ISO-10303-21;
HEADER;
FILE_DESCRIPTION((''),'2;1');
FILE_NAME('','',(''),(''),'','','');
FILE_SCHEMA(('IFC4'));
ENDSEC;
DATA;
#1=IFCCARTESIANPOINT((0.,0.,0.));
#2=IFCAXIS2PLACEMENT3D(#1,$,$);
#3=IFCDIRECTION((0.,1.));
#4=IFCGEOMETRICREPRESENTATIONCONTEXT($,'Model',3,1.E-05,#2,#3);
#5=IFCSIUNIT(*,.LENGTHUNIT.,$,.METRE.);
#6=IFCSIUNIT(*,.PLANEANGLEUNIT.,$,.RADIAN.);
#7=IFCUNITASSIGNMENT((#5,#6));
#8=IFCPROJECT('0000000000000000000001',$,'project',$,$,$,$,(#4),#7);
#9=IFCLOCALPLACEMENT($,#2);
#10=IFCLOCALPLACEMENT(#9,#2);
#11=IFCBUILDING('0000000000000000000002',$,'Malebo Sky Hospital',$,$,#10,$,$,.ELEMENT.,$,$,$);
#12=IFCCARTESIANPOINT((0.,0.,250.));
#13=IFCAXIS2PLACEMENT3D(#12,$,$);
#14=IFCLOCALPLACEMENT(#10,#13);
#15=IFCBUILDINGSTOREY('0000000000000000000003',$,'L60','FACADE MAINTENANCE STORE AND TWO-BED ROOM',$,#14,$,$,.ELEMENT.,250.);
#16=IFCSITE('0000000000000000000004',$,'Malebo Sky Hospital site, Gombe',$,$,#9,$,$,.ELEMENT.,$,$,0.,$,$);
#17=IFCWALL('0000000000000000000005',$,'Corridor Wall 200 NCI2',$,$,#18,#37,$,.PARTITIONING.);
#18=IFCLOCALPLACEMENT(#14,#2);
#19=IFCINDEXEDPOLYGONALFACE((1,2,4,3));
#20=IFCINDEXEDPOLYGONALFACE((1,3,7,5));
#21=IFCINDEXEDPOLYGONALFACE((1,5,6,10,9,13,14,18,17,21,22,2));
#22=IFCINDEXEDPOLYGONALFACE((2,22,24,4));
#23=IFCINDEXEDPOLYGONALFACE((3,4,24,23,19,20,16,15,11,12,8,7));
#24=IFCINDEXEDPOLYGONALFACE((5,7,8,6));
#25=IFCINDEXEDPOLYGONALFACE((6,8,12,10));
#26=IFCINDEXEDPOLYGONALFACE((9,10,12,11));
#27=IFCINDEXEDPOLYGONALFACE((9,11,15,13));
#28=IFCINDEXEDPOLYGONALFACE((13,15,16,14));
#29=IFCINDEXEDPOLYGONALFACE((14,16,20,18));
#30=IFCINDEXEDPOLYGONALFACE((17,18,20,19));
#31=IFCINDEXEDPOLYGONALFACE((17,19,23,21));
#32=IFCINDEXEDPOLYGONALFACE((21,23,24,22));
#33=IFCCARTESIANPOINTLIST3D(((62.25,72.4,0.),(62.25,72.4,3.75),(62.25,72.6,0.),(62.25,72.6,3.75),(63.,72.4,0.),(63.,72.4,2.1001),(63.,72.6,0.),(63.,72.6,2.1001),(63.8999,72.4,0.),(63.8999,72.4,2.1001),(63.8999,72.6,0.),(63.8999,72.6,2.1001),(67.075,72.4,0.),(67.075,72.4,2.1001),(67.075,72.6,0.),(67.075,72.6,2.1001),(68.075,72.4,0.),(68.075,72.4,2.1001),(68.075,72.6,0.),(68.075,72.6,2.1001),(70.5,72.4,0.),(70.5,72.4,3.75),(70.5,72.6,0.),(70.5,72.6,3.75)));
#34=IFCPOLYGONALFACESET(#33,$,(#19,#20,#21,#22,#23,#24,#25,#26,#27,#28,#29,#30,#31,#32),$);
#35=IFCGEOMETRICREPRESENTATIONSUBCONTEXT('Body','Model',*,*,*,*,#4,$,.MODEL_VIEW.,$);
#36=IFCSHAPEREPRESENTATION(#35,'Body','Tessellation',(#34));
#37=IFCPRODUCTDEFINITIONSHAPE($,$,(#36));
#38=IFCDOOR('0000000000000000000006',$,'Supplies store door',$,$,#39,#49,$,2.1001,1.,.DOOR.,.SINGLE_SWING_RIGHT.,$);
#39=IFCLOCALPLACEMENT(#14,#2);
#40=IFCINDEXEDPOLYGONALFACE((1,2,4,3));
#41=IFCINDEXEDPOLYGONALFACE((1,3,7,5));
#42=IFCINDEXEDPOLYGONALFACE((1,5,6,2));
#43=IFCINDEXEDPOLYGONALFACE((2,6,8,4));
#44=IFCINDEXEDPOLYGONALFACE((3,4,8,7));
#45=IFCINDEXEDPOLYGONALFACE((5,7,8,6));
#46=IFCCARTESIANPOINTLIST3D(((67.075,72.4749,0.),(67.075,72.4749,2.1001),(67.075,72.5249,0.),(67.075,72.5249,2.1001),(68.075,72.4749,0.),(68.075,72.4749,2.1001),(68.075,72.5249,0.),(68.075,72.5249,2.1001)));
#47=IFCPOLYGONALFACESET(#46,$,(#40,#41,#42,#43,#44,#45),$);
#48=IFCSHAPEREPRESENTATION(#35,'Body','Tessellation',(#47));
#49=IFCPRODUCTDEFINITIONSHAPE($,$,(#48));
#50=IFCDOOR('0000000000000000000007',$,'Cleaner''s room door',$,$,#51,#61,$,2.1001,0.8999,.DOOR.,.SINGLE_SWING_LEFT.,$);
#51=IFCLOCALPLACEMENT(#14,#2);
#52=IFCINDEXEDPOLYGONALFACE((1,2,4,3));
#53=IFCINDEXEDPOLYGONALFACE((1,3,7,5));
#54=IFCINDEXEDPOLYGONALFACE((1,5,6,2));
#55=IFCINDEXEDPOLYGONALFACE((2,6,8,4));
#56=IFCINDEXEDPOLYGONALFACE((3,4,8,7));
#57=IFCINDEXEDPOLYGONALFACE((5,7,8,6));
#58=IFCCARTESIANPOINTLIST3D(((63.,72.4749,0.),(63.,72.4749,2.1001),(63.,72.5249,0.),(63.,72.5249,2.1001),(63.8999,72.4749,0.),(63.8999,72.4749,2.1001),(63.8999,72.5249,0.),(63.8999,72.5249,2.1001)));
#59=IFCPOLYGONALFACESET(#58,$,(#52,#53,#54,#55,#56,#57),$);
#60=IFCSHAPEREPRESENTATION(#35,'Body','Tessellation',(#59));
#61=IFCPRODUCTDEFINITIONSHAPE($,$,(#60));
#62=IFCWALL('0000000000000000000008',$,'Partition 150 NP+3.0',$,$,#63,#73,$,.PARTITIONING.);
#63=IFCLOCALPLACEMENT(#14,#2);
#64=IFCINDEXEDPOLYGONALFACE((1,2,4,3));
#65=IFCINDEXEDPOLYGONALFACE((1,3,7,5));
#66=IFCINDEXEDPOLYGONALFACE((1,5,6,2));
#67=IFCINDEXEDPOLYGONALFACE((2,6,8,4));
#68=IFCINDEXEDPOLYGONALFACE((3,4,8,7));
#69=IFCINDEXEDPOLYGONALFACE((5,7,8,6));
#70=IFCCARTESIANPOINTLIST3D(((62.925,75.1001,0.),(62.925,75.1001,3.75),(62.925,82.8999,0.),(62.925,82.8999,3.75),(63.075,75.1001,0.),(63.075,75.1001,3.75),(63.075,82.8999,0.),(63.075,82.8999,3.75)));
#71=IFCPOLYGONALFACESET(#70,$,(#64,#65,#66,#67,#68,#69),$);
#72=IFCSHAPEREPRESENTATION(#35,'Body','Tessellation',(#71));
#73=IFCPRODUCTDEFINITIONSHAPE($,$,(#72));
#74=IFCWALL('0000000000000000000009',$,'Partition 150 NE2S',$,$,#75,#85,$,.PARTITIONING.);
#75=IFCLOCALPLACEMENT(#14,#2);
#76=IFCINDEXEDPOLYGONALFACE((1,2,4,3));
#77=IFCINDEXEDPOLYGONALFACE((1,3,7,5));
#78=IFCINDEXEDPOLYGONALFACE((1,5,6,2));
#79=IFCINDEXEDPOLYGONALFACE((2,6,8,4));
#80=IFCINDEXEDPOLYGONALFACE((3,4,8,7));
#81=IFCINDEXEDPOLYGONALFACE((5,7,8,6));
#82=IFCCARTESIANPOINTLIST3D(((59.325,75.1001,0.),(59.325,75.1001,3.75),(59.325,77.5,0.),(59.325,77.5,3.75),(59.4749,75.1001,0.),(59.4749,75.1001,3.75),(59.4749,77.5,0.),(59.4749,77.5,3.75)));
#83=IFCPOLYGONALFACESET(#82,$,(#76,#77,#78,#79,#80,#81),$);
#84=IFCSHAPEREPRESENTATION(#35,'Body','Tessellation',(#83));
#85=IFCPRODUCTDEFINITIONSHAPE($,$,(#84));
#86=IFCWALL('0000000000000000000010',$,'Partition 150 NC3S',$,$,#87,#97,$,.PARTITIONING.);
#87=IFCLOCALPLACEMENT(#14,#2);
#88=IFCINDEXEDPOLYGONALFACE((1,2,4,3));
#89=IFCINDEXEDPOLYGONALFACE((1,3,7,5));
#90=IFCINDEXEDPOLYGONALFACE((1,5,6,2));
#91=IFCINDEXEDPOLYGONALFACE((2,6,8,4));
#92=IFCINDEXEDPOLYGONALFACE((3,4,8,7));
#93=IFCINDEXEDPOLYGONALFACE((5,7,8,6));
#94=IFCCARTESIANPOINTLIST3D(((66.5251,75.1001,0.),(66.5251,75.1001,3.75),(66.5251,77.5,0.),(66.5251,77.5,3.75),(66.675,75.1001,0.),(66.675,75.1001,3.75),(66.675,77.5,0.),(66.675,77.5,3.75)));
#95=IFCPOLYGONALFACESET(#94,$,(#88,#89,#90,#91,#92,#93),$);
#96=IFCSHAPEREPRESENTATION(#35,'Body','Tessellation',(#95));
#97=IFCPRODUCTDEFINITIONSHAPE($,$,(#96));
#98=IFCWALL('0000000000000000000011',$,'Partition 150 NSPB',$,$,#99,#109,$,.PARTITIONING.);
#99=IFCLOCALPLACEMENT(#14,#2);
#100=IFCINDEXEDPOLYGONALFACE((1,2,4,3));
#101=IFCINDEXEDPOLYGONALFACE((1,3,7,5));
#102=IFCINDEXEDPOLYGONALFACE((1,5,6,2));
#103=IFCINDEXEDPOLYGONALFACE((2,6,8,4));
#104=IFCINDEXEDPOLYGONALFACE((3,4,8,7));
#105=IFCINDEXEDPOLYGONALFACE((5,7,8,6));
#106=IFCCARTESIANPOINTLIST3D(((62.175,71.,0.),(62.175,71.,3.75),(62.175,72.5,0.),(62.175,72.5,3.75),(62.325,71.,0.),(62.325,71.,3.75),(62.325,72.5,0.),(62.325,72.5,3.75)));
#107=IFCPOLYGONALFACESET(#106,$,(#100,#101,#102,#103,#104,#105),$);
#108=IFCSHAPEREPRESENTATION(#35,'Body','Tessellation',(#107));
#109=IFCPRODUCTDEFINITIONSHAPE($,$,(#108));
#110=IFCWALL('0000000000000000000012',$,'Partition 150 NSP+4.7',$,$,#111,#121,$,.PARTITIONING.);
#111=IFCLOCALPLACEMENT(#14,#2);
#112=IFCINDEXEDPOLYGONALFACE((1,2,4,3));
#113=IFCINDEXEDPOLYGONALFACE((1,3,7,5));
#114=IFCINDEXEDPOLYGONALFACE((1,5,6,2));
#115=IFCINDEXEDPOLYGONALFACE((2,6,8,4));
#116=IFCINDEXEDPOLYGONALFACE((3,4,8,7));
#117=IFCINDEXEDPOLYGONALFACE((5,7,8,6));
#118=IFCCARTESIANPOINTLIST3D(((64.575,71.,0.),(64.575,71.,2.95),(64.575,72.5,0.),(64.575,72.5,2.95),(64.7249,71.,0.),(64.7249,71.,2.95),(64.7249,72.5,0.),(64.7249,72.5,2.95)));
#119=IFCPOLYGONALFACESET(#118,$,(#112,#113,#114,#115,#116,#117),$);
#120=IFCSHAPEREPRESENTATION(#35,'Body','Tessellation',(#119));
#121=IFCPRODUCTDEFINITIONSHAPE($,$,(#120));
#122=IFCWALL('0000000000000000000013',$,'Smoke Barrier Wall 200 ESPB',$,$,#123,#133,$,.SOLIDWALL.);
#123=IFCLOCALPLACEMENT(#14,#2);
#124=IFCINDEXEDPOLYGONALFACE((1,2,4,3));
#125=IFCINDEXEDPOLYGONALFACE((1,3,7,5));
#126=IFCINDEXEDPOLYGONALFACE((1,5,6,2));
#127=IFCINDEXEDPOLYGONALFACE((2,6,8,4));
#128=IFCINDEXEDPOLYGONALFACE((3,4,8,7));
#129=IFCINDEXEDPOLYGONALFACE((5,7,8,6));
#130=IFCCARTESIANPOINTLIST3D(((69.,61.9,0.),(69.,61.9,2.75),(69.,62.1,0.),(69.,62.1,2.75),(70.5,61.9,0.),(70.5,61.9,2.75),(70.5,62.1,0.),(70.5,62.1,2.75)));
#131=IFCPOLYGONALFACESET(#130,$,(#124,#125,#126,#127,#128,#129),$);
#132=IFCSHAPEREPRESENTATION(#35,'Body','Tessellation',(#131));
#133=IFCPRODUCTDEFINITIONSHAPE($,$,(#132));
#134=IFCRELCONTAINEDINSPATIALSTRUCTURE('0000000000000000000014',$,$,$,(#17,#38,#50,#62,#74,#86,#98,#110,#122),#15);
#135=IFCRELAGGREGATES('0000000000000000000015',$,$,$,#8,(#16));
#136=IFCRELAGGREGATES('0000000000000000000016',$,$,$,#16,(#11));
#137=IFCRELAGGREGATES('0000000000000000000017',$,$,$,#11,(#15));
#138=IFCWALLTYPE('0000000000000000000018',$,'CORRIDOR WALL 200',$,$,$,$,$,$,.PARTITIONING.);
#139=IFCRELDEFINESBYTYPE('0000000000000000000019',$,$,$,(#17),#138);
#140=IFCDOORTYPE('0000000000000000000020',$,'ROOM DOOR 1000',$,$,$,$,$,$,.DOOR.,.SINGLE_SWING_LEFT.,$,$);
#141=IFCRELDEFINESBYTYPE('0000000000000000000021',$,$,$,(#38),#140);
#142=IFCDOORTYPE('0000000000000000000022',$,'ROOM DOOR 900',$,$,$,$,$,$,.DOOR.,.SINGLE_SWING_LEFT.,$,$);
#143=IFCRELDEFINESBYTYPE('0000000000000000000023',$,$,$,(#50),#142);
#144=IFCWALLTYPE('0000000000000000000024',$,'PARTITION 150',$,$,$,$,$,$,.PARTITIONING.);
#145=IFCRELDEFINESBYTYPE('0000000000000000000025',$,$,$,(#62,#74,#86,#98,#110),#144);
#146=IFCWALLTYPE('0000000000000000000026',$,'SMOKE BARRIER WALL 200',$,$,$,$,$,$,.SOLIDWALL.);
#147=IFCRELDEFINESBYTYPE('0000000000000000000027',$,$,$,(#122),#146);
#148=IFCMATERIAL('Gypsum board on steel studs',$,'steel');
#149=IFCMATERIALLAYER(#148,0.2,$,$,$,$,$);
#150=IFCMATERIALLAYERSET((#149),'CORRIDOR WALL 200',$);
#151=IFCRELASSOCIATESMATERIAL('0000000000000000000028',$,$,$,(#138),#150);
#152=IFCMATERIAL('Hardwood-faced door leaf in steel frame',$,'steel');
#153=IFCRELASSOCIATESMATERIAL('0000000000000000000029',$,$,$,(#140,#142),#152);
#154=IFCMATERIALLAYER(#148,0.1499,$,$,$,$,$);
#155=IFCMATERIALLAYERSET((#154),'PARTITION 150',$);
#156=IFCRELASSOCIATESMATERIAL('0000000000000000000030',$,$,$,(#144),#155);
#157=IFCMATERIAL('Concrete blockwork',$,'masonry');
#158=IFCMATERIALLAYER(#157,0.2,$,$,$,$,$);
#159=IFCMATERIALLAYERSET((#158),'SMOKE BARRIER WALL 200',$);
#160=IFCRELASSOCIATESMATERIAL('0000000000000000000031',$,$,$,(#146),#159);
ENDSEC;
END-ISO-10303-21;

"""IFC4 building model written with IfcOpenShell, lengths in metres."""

from ifc_helpers import new_model, si_unit, direction, frame, frame_2d, origin, place, context, subcontext, project, spatial, rectangle, extrude, material, layer, layer_set, type_object, element, fill, save


model = new_model("IFC4")

# Units and contexts
model_context = context("Model", 3, precision=1e-05, world=origin(), true_north=direction((0.0, 1.0)))
body_context = subcontext(model_context, "Body", "Model", "MODEL_VIEW")
ifc_project = project(units=[si_unit("LENGTHUNIT", "METRE"), si_unit("PLANEANGLEUNIT", "RADIAN")], contexts=[model_context])

# Site, building, storey
site_placement = place(None, origin())
site = spatial("IfcSite", under=ifc_project, at=site_placement, Name="Malebo Sky Hospital site, Gombe", CompositionType="ELEMENT", RefElevation=0.0)
building_placement = place(site_placement, origin())
building = spatial("IfcBuilding", under=site, at=building_placement, Name="Malebo Sky Hospital", CompositionType="ELEMENT")
storey_placement = place(building_placement, frame((0.0, 0.0, 250.0)))
storey = spatial("IfcBuildingStorey", under=building, at=storey_placement, Name="L60", Description="FACADE MAINTENANCE STORE AND TWO-BED ROOM", CompositionType="ELEMENT", Elevation=250.0)

# Shared definitions
ifc_material_1 = material(Name="Hardwood-faced door leaf in steel frame", Category="steel")

# Wall, openings, doors
ifc_material_2 = material(Name="Gypsum board on steel studs", Category="steel")
ifc_layer_1 = layer(ifc_material_2, 0.2)
ifc_layer_set_1 = layer_set([ifc_layer_1], Name="CORRIDOR WALL 200")
wall_type_1 = type_object("IfcWallType", Name="CORRIDOR WALL 200", PredefinedType="PARTITIONING", material=ifc_layer_set_1)
wall_1_placement = place(storey_placement, frame((62.25, 72.5, 0.0), z_axis=(0.0, 0.0, 1.0), x_axis=(1.0, 0.0, 0.0)))
wall_1 = element("IfcWall", 1, at=wall_1_placement, inside=storey, type_object=wall_type_1, Name="Corridor Wall 200 NCI2", PredefinedType="PARTITIONING", context=body_context, shape_type="SweptSolid", body=[
    extrude(rectangle(XDim=8.25, YDim=0.2, at=frame_2d((4.125, 0.0))), origin(), (0.0, 0.0, 1.0), 3.75),
])
opening_1_placement = place(wall_1_placement, frame((0.75, 0.0, 0.0)))
opening_1 = element("IfcOpeningElement", 2, at=opening_1_placement, cuts=wall_1, PredefinedType="OPENING", context=body_context, shape_type="SweptSolid", body=[
    extrude(rectangle(XDim=0.8999, YDim=2.1001, at=frame_2d((0.45, 1.05))), frame((0.0, 0.1099, 0.0), z_axis=(0.0, -1.0, 0.0), x_axis=(1.0, 0.0, 0.0)), (0.0, 0.0, 1.0), 0.22),
])
opening_2_placement = place(wall_1_placement, frame((4.825, 0.0, 0.0)))
opening_2 = element("IfcOpeningElement", 3, at=opening_2_placement, cuts=wall_1, PredefinedType="OPENING", context=body_context, shape_type="SweptSolid", body=[
    extrude(rectangle(XDim=1.0, YDim=2.1001, at=frame_2d((0.5, 1.05))), frame((0.0, 0.1099, 0.0), z_axis=(0.0, -1.0, 0.0), x_axis=(1.0, 0.0, 0.0)), (0.0, 0.0, 1.0), 0.22),
])
door_type_1 = type_object("IfcDoorType", Name="ROOM DOOR 1000", OperationType="SINGLE_SWING_LEFT", PredefinedType="DOOR", material=ifc_material_1)
door_1_placement = place(opening_2_placement, origin())
door_1 = element("IfcDoor", 4, at=door_1_placement, inside=storey, type_object=door_type_1, Name="Supplies store door", OperationType="SINGLE_SWING_RIGHT", OverallHeight=2.1001, OverallWidth=1.0, PredefinedType="DOOR", context=body_context, shape_type="SweptSolid", body=[
    extrude(rectangle(XDim=1.0, YDim=2.1001, at=frame_2d((0.5, 1.05))), frame((0.0, 0.0249, 0.0), z_axis=(0.0, -1.0, 0.0), x_axis=(1.0, 0.0, 0.0)), (0.0, 0.0, 1.0), 0.05),
])
fill(opening_2, door_1)
door_type_2 = type_object("IfcDoorType", Name="ROOM DOOR 900", OperationType="SINGLE_SWING_LEFT", PredefinedType="DOOR", material=ifc_material_1)
door_2_placement = place(opening_1_placement, origin())
door_2 = element("IfcDoor", 5, at=door_2_placement, inside=storey, type_object=door_type_2, Name="Cleaner's room door", OperationType="SINGLE_SWING_LEFT", OverallHeight=2.1001, OverallWidth=0.8999, PredefinedType="DOOR", context=body_context, shape_type="SweptSolid", body=[
    extrude(rectangle(XDim=0.8999, YDim=2.1001, at=frame_2d((0.45, 1.05))), frame((0.0, 0.0249, 0.0), z_axis=(0.0, -1.0, 0.0), x_axis=(1.0, 0.0, 0.0)), (0.0, 0.0, 1.0), 0.05),
])
fill(opening_1, door_2)

# Walls
ifc_layer_2 = layer(ifc_material_2, 0.1499)
ifc_layer_set_2 = layer_set([ifc_layer_2], Name="PARTITION 150")
wall_type_2 = type_object("IfcWallType", Name="PARTITION 150", PredefinedType="PARTITIONING", material=ifc_layer_set_2)
wall_2_placement = place(storey_placement, frame((63.0, 75.1001, 0.0), z_axis=(0.0, 0.0, 1.0), x_axis=(0.0, 1.0, 0.0)))
element("IfcWall", 6, at=wall_2_placement, inside=storey, type_object=wall_type_2, Name="Partition 150 NP+3.0", PredefinedType="PARTITIONING", context=body_context, shape_type="SweptSolid", body=[
    extrude(rectangle(XDim=7.7998, YDim=0.1499, at=frame_2d((3.8999, 0.0))), origin(), (0.0, 0.0, 1.0), 3.75),
])
for number, where, z_axis, x_axis, name in (
    (7, (59.3999, 75.1001, 0.0), (0.0, 0.0, 1.0), (0.0, 1.0, 0.0), "Partition 150 NE2S"),
    (8, (66.6001, 75.1001, 0.0), (0.0, 0.0, 1.0), (0.0, 1.0, 0.0), "Partition 150 NC3S"),
):
    element("IfcWall", number, at=place(storey_placement, frame(where, z_axis=z_axis, x_axis=x_axis)), inside=storey, type_object=wall_type_2, Name=name, PredefinedType="PARTITIONING", context=body_context, shape_type="SweptSolid", body=[
        extrude(rectangle(XDim=2.3999, YDim=0.1499, at=frame_2d((1.2, 0.0))), origin(), (0.0, 0.0, 1.0), 3.75),
    ])
wall_3_placement = place(storey_placement, frame((62.25, 71.0, 0.0), z_axis=(0.0, 0.0, 1.0), x_axis=(0.0, 1.0, 0.0)))
element("IfcWall", 9, at=wall_3_placement, inside=storey, type_object=wall_type_2, Name="Partition 150 NSPB", PredefinedType="PARTITIONING", context=body_context, shape_type="SweptSolid", body=[
    extrude(rectangle(XDim=1.5, YDim=0.1499, at=frame_2d((0.75, 0.0))), origin(), (0.0, 0.0, 1.0), 3.75),
])
wall_4_placement = place(storey_placement, frame((64.6499, 71.0, 0.0), z_axis=(0.0, 0.0, 1.0), x_axis=(0.0, 1.0, 0.0)))
element("IfcWall", 10, at=wall_4_placement, inside=storey, type_object=wall_type_2, Name="Partition 150 NSP+4.7", PredefinedType="PARTITIONING", context=body_context, shape_type="SweptSolid", body=[
    extrude(rectangle(XDim=1.5, YDim=0.1499, at=frame_2d((0.75, 0.0))), origin(), (0.0, 0.0, 1.0), 2.95),
])
ifc_material_3 = material(Name="Concrete blockwork", Category="masonry")
ifc_layer_3 = layer(ifc_material_3, 0.2)
ifc_layer_set_3 = layer_set([ifc_layer_3], Name="SMOKE BARRIER WALL 200")
wall_type_3 = type_object("IfcWallType", Name="SMOKE BARRIER WALL 200", PredefinedType="SOLIDWALL", material=ifc_layer_set_3)
wall_5_placement = place(storey_placement, frame((69.0, 62.0, 0.0), z_axis=(0.0, 0.0, 1.0), x_axis=(1.0, 0.0, 0.0)))
element("IfcWall", 11, at=wall_5_placement, inside=storey, type_object=wall_type_3, Name="Smoke Barrier Wall 200 ESPB", PredefinedType="SOLIDWALL", context=body_context, shape_type="SweptSolid", body=[
    extrude(rectangle(XDim=1.5, YDim=0.2, at=frame_2d((0.75, 0.0))), origin(), (0.0, 0.0, 1.0), 2.75),
])

save(model, "model.ifc")
